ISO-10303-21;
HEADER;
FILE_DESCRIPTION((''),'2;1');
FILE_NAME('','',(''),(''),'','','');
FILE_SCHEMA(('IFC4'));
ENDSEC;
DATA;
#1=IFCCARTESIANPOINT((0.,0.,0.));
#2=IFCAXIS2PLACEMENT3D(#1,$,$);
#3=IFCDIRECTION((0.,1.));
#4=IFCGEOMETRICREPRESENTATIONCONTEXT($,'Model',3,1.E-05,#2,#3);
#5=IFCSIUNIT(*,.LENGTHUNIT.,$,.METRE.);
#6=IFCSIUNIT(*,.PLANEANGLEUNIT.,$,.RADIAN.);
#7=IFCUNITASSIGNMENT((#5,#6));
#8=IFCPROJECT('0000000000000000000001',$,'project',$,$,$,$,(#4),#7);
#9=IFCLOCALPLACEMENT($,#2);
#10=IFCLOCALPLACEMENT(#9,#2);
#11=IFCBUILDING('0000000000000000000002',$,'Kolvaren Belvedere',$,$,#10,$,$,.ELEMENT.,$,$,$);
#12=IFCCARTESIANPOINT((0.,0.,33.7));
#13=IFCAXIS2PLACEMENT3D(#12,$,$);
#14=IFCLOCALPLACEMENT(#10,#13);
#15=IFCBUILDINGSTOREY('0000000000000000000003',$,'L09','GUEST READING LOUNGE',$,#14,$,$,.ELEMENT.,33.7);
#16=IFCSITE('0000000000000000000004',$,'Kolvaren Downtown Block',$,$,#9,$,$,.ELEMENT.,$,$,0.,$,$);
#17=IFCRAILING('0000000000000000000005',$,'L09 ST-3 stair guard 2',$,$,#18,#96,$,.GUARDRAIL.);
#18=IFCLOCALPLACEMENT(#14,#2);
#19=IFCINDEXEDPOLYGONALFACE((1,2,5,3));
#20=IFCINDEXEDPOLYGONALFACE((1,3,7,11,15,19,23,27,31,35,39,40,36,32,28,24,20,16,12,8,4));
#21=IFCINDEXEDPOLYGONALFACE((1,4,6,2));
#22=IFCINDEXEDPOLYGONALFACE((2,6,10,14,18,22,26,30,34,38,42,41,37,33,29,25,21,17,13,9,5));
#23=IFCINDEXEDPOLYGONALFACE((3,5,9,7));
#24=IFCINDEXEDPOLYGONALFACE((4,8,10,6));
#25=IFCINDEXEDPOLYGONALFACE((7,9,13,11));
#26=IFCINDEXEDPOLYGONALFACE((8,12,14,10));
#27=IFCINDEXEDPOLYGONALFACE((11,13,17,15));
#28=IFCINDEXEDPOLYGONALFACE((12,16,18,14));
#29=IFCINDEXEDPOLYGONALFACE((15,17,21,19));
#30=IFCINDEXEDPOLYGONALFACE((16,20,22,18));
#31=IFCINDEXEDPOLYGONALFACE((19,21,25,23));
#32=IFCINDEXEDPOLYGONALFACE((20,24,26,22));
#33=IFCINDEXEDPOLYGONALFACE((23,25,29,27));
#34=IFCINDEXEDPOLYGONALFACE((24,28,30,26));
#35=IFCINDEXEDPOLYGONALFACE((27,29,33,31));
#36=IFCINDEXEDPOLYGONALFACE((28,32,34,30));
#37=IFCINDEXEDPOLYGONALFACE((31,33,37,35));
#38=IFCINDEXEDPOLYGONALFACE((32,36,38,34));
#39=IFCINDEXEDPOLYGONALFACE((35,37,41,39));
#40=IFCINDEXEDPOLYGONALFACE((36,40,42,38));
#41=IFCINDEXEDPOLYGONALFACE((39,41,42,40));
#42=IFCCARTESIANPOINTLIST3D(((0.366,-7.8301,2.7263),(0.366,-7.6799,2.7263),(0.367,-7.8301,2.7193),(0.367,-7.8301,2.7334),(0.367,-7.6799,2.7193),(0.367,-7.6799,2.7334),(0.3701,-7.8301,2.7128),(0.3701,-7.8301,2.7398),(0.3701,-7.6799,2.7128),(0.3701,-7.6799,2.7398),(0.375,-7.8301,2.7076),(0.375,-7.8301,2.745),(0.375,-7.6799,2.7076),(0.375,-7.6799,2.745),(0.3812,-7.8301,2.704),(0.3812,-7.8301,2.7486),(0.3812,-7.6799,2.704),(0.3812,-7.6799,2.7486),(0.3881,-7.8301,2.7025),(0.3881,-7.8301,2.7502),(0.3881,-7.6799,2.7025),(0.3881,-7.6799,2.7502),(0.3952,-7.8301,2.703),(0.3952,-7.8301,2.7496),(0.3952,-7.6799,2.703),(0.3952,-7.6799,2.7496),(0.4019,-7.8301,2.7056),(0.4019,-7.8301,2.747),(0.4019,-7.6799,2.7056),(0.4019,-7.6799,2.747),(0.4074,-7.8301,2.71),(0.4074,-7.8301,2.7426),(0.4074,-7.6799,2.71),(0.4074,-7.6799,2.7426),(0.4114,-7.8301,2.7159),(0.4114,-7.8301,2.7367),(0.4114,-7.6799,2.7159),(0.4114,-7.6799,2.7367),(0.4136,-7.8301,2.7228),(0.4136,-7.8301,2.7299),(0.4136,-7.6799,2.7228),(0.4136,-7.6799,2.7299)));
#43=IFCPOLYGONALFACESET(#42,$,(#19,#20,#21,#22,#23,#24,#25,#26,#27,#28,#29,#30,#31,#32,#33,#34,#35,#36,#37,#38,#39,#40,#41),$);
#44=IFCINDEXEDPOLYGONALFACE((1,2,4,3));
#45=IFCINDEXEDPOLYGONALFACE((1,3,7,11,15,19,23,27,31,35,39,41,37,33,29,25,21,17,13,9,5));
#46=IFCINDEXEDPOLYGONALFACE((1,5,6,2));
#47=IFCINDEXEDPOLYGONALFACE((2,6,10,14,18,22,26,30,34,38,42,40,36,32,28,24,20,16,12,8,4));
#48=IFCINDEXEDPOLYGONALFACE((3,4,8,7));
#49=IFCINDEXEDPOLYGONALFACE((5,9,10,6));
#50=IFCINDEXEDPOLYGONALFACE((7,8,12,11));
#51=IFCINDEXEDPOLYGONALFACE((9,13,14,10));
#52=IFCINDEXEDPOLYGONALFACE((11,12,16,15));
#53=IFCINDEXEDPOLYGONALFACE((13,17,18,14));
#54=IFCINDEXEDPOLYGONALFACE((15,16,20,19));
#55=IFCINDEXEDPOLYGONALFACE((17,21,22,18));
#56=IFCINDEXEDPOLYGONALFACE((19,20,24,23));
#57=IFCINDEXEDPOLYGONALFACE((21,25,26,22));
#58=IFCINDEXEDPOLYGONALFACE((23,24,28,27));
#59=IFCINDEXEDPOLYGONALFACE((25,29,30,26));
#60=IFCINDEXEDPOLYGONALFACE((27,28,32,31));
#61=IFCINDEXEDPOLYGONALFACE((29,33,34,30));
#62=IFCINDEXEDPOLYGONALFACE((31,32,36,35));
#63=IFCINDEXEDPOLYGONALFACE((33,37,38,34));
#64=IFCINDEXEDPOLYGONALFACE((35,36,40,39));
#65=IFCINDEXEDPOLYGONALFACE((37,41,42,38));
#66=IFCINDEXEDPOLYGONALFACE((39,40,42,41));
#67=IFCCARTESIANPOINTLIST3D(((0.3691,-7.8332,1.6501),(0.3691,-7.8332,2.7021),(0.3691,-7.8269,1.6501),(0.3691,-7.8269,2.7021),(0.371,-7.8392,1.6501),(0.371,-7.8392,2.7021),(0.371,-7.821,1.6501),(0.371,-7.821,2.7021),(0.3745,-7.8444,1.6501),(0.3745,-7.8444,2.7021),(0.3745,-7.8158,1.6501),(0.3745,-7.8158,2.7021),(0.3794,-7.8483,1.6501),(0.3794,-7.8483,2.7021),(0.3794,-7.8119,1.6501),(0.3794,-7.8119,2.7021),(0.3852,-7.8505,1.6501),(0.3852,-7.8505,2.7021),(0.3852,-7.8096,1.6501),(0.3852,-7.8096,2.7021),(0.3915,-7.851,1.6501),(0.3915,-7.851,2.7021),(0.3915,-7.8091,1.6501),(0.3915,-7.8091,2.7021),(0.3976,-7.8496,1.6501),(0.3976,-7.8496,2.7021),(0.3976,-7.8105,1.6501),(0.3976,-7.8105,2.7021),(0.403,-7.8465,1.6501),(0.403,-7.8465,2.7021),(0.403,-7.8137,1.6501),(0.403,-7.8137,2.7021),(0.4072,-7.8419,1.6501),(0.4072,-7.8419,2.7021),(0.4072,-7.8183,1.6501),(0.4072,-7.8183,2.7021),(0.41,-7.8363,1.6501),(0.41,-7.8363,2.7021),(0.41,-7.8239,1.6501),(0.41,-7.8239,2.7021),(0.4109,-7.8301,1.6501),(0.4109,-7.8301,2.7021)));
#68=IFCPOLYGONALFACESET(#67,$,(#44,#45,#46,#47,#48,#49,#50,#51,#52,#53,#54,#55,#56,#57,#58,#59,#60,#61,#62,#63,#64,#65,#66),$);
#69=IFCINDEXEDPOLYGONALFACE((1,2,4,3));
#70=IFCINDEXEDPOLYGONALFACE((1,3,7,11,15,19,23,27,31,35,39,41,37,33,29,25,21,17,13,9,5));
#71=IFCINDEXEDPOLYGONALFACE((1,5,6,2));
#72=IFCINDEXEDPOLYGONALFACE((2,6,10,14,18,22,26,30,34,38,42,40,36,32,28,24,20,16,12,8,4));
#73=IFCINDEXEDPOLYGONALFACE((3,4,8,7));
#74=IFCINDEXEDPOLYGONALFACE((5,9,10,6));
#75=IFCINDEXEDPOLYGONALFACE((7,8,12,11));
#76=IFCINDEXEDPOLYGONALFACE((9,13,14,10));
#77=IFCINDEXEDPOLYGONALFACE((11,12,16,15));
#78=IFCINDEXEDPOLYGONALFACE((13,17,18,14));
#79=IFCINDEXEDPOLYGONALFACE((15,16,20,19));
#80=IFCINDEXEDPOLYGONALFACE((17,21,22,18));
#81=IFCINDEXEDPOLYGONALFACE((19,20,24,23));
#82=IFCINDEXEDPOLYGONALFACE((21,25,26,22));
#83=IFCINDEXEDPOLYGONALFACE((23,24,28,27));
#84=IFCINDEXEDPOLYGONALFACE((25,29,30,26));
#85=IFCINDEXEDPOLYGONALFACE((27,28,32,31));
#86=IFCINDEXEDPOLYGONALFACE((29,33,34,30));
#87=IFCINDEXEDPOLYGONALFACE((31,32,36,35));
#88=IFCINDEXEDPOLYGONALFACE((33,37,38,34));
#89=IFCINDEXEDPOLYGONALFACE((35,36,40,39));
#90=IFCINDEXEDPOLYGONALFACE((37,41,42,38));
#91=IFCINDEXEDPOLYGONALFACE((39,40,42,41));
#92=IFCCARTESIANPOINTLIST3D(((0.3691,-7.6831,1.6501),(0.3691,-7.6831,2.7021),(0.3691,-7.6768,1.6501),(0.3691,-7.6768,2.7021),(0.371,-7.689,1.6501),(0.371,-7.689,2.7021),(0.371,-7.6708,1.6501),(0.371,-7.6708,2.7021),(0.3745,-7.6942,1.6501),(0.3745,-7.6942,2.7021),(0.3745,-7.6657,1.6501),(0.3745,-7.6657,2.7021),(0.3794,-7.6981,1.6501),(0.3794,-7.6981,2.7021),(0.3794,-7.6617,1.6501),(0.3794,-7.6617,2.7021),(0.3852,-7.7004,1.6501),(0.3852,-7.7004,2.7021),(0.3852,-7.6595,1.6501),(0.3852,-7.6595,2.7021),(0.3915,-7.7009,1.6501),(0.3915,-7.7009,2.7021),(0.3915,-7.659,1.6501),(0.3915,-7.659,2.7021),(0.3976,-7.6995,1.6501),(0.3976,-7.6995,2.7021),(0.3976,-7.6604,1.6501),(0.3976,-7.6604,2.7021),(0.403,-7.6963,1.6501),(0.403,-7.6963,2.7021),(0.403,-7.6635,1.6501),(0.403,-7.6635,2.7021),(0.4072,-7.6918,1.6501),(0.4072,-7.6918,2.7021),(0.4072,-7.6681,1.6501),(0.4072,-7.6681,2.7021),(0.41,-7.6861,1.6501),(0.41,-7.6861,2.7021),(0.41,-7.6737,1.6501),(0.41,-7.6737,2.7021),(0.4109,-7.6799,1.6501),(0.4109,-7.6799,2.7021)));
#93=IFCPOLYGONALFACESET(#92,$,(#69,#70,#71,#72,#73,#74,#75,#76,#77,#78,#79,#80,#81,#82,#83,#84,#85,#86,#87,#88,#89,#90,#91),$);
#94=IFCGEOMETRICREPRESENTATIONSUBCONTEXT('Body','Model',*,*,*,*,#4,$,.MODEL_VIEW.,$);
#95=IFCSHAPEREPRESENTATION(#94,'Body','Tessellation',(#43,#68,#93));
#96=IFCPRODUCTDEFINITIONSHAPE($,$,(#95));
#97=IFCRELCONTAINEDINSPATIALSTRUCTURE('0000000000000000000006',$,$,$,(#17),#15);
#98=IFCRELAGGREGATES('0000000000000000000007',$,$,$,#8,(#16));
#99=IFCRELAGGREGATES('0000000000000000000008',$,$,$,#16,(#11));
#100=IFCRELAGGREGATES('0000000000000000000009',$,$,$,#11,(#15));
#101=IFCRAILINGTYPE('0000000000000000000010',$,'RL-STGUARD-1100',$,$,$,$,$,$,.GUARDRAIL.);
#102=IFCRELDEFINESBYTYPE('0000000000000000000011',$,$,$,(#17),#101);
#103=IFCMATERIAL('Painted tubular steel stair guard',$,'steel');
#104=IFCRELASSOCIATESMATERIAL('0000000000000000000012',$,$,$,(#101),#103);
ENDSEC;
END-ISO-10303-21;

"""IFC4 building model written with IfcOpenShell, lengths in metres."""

from ifc_helpers import new_model, si_unit, direction, frame, origin, origin_2d, place, context, subcontext, project, spatial, circle, extrude, material, type_object, element, save


model = new_model("IFC4")

# Units and contexts
model_context = context("Model", 3, precision=1e-05, world=origin(), true_north=direction((0.0, 1.0)))
body_context = subcontext(model_context, "Body", "Model", "MODEL_VIEW")
ifc_project = project(units=[si_unit("LENGTHUNIT", "METRE"), si_unit("PLANEANGLEUNIT", "RADIAN")], contexts=[model_context])

# Site, building, storey
site_placement = place(None, origin())
site = spatial("IfcSite", under=ifc_project, at=site_placement, Name="Kolvaren Downtown Block", CompositionType="ELEMENT", RefElevation=0.0)
building_placement = place(site_placement, origin())
building = spatial("IfcBuilding", under=site, at=building_placement, Name="Kolvaren Belvedere", CompositionType="ELEMENT")
storey_placement = place(building_placement, frame((0.0, 0.0, 33.7)))
storey = spatial("IfcBuildingStorey", under=building, at=storey_placement, Name="L09", Description="GUEST READING LOUNGE", CompositionType="ELEMENT", Elevation=33.7)

# Railing
ifc_material_1 = material(Name="Painted tubular steel stair guard", Category="steel")
railing_type_1 = type_object("IfcRailingType", Name="RL-STGUARD-1100", PredefinedType="GUARDRAIL", material=ifc_material_1)
railing_1_placement = place(storey_placement, frame((0.3899, -7.8301, 1.6501)))
element("IfcRailing", 1, at=railing_1_placement, inside=storey, type_object=railing_type_1, Name="L09 ST-3 stair guard 2", PredefinedType="GUARDRAIL", context=body_context, shape_type="SweptSolid", body=[
    extrude(circle(Radius=0.0239, at=origin_2d()), frame((0.0, 0.0, 1.0762), z_axis=(0.0, 1.0, 0.0), x_axis=(-1.0, 0.0, 0.0)), (0.0, 0.0, 1.0), 0.1501),
    extrude(circle(Radius=0.021, at=origin_2d()), origin(), (0.0, 0.0, 1.0), 1.052),
    extrude(circle(Radius=0.021, at=origin_2d()), frame((0.0, 0.1501, 0.0)), (0.0, 0.0, 1.0), 1.052),
])

save(model, "model.ifc")
